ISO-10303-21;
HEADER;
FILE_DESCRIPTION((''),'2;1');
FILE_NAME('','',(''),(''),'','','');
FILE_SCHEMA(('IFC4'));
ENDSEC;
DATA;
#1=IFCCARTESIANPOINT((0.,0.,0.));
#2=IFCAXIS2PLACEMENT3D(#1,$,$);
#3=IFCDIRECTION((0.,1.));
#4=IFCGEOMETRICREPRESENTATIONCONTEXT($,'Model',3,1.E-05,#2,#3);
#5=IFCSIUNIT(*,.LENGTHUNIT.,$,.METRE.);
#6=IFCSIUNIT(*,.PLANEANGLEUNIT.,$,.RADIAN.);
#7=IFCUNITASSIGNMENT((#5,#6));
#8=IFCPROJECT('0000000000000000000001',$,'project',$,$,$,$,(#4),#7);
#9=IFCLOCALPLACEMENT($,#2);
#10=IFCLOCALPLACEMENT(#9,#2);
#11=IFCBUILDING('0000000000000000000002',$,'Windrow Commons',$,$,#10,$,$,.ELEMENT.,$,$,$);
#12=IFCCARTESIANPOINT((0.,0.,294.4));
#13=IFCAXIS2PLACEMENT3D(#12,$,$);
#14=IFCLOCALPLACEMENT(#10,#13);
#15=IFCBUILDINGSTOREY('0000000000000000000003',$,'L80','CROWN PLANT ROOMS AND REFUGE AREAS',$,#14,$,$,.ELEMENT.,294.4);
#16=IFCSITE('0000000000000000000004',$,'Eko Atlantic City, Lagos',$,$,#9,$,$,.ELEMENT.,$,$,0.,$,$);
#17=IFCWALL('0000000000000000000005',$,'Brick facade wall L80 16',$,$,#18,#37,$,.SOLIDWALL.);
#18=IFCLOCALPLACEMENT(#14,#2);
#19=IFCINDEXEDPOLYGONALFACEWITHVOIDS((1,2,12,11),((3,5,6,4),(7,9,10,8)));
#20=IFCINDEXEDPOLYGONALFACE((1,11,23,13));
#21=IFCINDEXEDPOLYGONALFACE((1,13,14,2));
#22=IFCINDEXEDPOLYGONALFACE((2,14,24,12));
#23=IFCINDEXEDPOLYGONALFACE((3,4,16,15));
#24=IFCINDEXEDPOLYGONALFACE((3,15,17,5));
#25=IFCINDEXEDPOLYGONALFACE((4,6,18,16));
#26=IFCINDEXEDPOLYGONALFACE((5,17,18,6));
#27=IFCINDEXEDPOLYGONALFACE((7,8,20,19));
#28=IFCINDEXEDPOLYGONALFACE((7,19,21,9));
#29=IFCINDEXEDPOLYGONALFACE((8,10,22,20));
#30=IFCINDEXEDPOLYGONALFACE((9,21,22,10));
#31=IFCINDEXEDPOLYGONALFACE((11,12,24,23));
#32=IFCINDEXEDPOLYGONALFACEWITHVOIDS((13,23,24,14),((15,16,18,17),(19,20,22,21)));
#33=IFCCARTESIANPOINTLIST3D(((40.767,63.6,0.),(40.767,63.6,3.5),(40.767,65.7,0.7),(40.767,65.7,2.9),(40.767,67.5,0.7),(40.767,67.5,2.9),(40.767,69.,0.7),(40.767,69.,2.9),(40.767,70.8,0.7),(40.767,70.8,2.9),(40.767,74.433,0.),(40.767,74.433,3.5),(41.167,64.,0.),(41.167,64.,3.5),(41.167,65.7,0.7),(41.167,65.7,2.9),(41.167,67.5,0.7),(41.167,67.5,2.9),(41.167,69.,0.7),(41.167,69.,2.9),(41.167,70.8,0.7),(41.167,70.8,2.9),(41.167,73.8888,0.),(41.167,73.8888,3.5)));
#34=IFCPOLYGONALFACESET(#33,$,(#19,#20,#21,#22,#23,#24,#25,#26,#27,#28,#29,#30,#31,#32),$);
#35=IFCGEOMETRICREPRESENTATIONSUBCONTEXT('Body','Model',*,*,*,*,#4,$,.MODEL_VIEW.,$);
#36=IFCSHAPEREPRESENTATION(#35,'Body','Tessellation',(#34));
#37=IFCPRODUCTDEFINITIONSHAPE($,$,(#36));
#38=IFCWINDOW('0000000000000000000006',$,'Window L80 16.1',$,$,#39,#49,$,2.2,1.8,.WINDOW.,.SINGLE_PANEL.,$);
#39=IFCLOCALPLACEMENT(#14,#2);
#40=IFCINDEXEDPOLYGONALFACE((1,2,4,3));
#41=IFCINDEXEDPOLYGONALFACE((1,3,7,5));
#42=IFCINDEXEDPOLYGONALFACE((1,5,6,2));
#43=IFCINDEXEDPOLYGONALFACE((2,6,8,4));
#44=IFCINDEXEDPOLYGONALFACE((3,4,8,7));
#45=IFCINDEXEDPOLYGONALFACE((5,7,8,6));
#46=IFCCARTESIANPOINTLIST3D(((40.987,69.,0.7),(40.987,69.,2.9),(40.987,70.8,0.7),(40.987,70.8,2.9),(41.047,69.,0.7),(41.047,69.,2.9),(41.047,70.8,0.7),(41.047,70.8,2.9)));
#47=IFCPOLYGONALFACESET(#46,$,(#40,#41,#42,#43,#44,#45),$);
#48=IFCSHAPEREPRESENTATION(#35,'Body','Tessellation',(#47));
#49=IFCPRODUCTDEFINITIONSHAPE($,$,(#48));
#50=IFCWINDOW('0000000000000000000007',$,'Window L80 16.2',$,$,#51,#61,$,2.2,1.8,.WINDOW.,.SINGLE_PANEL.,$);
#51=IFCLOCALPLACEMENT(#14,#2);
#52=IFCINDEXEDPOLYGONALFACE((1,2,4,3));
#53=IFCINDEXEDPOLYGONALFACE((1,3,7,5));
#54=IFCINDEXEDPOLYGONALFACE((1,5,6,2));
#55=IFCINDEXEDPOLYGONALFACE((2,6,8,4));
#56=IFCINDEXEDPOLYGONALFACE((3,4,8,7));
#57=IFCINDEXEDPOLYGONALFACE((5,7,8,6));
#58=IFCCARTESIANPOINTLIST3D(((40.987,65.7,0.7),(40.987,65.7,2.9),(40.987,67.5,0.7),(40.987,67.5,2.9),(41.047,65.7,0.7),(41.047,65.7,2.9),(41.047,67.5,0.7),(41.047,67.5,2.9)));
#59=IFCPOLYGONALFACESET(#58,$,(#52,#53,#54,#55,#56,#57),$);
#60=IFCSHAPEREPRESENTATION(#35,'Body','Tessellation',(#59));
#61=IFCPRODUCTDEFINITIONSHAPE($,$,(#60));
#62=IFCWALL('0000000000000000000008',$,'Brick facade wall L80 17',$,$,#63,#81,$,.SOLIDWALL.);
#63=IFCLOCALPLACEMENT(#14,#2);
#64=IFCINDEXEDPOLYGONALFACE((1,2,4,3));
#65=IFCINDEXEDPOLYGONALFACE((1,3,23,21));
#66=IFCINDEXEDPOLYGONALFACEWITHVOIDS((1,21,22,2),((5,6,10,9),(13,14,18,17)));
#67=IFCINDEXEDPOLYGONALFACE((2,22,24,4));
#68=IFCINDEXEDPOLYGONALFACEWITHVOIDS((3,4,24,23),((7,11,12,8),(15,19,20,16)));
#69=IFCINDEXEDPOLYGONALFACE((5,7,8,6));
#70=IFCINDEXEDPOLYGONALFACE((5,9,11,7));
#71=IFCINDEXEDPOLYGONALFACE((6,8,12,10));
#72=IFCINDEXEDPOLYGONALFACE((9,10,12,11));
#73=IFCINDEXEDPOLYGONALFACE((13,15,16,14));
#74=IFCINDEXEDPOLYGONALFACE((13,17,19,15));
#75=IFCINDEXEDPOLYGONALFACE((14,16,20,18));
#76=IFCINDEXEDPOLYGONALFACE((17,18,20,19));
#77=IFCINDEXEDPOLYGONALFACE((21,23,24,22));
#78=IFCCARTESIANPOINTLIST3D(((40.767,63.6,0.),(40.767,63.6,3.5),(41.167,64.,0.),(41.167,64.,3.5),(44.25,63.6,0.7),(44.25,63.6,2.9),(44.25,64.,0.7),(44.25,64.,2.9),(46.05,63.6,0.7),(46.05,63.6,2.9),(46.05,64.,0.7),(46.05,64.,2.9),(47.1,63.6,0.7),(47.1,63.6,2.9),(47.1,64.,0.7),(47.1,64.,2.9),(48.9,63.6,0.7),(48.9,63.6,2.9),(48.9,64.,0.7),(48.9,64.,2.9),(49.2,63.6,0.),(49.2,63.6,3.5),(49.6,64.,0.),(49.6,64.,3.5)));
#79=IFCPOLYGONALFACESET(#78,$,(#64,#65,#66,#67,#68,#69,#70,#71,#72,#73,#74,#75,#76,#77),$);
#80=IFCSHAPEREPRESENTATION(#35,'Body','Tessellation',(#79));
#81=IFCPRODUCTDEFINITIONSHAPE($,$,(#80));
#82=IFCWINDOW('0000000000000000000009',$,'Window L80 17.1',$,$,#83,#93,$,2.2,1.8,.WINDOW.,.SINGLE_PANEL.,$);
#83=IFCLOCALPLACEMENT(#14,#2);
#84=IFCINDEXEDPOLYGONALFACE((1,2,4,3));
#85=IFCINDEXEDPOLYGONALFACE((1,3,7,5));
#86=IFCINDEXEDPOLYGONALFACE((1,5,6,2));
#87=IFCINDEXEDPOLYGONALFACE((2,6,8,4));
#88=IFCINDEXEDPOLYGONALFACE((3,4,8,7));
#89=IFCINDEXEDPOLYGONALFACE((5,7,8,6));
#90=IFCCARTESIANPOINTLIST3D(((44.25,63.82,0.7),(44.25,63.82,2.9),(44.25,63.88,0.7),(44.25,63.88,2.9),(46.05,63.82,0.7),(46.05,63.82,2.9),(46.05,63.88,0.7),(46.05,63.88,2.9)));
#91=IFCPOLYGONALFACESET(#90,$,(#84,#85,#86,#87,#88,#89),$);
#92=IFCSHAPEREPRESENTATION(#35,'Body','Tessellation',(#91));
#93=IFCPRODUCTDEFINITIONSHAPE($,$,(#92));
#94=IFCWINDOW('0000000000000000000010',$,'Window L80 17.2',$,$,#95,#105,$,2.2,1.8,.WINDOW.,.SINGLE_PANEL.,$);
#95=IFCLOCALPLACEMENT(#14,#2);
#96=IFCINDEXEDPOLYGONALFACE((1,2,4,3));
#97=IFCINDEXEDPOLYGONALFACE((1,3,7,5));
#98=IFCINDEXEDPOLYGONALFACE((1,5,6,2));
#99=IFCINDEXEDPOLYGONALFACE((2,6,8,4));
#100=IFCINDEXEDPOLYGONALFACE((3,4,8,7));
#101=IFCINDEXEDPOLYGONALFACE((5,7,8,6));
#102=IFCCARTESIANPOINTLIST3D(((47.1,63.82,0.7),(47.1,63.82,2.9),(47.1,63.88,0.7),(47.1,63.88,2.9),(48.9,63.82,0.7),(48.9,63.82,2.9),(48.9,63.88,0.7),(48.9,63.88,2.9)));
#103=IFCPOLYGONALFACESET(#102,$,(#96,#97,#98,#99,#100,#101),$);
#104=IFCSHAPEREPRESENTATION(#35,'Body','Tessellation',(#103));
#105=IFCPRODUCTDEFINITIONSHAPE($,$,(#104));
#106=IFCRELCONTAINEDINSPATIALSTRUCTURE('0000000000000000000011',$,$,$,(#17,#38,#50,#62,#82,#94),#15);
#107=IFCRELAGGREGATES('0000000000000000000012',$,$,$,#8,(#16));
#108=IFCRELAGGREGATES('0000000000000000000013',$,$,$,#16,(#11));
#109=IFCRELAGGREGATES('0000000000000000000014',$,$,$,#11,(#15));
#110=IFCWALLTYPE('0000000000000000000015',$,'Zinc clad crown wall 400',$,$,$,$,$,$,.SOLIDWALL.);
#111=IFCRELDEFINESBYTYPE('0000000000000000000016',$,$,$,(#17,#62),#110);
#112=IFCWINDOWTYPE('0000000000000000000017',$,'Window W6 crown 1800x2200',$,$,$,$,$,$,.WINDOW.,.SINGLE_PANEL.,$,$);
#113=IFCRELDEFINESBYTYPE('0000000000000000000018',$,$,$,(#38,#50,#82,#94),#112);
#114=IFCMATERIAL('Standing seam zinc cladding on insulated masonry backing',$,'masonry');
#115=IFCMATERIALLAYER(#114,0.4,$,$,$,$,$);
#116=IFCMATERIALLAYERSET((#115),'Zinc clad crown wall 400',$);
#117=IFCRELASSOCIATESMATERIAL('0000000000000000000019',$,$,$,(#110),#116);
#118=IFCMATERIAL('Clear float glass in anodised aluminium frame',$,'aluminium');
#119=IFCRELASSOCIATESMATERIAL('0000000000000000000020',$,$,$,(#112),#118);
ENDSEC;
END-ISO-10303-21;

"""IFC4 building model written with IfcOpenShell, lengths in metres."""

from ifc_helpers import new_model, si_unit, direction, frame, frame_2d, origin, place, context, subcontext, project, spatial, polyline, rectangle, outline, extrude, material, layer, layer_set, type_object, element, fill, save


model = new_model("IFC4")

# Units and contexts
model_context = context("Model", 3, precision=1e-05, world=origin(), true_north=direction((0.0, 1.0)))
body_context = subcontext(model_context, "Body", "Model", "MODEL_VIEW")
ifc_project = project(units=[si_unit("LENGTHUNIT", "METRE"), si_unit("PLANEANGLEUNIT", "RADIAN")], contexts=[model_context])

# Site, building, storey
site_placement = place(None, origin())
site = spatial("IfcSite", under=ifc_project, at=site_placement, Name="Eko Atlantic City, Lagos", CompositionType="ELEMENT", RefElevation=0.0)
building_placement = place(site_placement, origin())
building = spatial("IfcBuilding", under=site, at=building_placement, Name="Windrow Commons", CompositionType="ELEMENT")
storey_placement = place(building_placement, frame((0.0, 0.0, 294.4)))
storey = spatial("IfcBuildingStorey", under=building, at=storey_placement, Name="L80", Description="CROWN PLANT ROOMS AND REFUGE AREAS", CompositionType="ELEMENT", Elevation=294.4)

# Shared definitions
ifc_material_1 = material(Name="Standing seam zinc cladding on insulated masonry backing", Category="masonry")
ifc_layer_1 = layer(ifc_material_1, 0.4)
ifc_layer_set_1 = layer_set([ifc_layer_1], Name="Zinc clad crown wall 400")
wall_type_1 = type_object("IfcWallType", Name="Zinc clad crown wall 400", PredefinedType="SOLIDWALL", material=ifc_layer_set_1)

# Walls, openings, windows
wall_1_placement = place(storey_placement, frame((40.967, 74.1609, 0.0), z_axis=(0.0, 0.0, 1.0), x_axis=(0.0, -1.0, 0.0)))
wall_1 = element("IfcWall", 1, at=wall_1_placement, inside=storey, type_object=wall_type_1, Name="Brick facade wall L80 16", PredefinedType="SOLIDWALL", context=body_context, shape_type="SweptSolid", body=[
    extrude(outline(polyline([(-0.2721, -0.2), (10.5609, -0.2), (10.1609, 0.2), (0.2721, 0.2), (-0.2721, -0.2)])), origin(), (0.0, 0.0, 1.0), 3.5),
])
opening_1_placement = place(wall_1_placement, frame((3.3609, 0.0, 0.7)))
opening_1 = element("IfcOpeningElement", 2, at=opening_1_placement, cuts=wall_1, PredefinedType="OPENING", context=body_context, shape_type="SweptSolid", body=[
    extrude(rectangle(XDim=1.8, YDim=2.2, at=frame_2d((0.9, 1.1))), frame((0.0, 0.21, 0.0), z_axis=(0.0, -1.0, 0.0), x_axis=(1.0, 0.0, 0.0)), (0.0, 0.0, 1.0), 0.42),
])
opening_2_placement = place(wall_1_placement, frame((6.6609, 0.0, 0.7)))
opening_2 = element("IfcOpeningElement", 3, at=opening_2_placement, cuts=wall_1, PredefinedType="OPENING", context=body_context, shape_type="SweptSolid", body=[
    extrude(rectangle(XDim=1.8, YDim=2.2, at=frame_2d((0.9, 1.1))), frame((0.0, 0.21, 0.0), z_axis=(0.0, -1.0, 0.0), x_axis=(1.0, 0.0, 0.0)), (0.0, 0.0, 1.0), 0.42),
])
ifc_material_2 = material(Name="Clear float glass in anodised aluminium frame", Category="aluminium")
window_type = type_object("IfcWindowType", Name="Window W6 crown 1800x2200", PartitioningType="SINGLE_PANEL", PredefinedType="WINDOW", material=ifc_material_2)
window_1_placement = place(opening_1_placement, origin())
window_1 = element("IfcWindow", 4, at=window_1_placement, inside=storey, type_object=window_type, Name="Window L80 16.1", OverallHeight=2.2, OverallWidth=1.8, PartitioningType="SINGLE_PANEL", PredefinedType="WINDOW", context=body_context, shape_type="SweptSolid", body=[
    extrude(rectangle(XDim=1.8, YDim=2.2, at=frame_2d((0.9, 1.1))), frame((0.0, 0.08, 0.0), z_axis=(0.0, -1.0, 0.0), x_axis=(1.0, 0.0, 0.0)), (0.0, 0.0, 1.0), 0.06),
])
fill(opening_1, window_1)
window_2_placement = place(opening_2_placement, origin())
window_2 = element("IfcWindow", 5, at=window_2_placement, inside=storey, type_object=window_type, Name="Window L80 16.2", OverallHeight=2.2, OverallWidth=1.8, PartitioningType="SINGLE_PANEL", PredefinedType="WINDOW", context=body_context, shape_type="SweptSolid", body=[
    extrude(rectangle(XDim=1.8, YDim=2.2, at=frame_2d((0.9, 1.1))), frame((0.0, 0.08, 0.0), z_axis=(0.0, -1.0, 0.0), x_axis=(1.0, 0.0, 0.0)), (0.0, 0.0, 1.0), 0.06),
])
fill(opening_2, window_2)
wall_2_placement = place(storey_placement, frame((40.967, 63.8, 0.0), z_axis=(0.0, 0.0, 1.0), x_axis=(1.0, 0.0, 0.0)))
wall_2 = element("IfcWall", 6, at=wall_2_placement, inside=storey, type_object=wall_type_1, Name="Brick facade wall L80 17", PredefinedType="SOLIDWALL", context=body_context, shape_type="SweptSolid", body=[
    extrude(outline(polyline([(-0.2, -0.2), (8.233, -0.2), (8.633, 0.2), (0.2, 0.2), (-0.2, -0.2)])), origin(), (0.0, 0.0, 1.0), 3.5),
])
opening_3_placement = place(wall_2_placement, frame((3.283, 0.0, 0.7)))
opening_3 = element("IfcOpeningElement", 7, at=opening_3_placement, cuts=wall_2, PredefinedType="OPENING", context=body_context, shape_type="SweptSolid", body=[
    extrude(rectangle(XDim=1.8, YDim=2.2, at=frame_2d((0.9, 1.1))), frame((0.0, 0.21, 0.0), z_axis=(0.0, -1.0, 0.0), x_axis=(1.0, 0.0, 0.0)), (0.0, 0.0, 1.0), 0.42),
])
opening_4_placement = place(wall_2_placement, frame((6.133, 0.0, 0.7)))
opening_4 = element("IfcOpeningElement", 8, at=opening_4_placement, cuts=wall_2, PredefinedType="OPENING", context=body_context, shape_type="SweptSolid", body=[
    extrude(rectangle(XDim=1.8, YDim=2.2, at=frame_2d((0.9, 1.1))), frame((0.0, 0.21, 0.0), z_axis=(0.0, -1.0, 0.0), x_axis=(1.0, 0.0, 0.0)), (0.0, 0.0, 1.0), 0.42),
])
window_3_placement = place(opening_3_placement, origin())
window_3 = element("IfcWindow", 9, at=window_3_placement, inside=storey, type_object=window_type, Name="Window L80 17.1", OverallHeight=2.2, OverallWidth=1.8, PartitioningType="SINGLE_PANEL", PredefinedType="WINDOW", context=body_context, shape_type="SweptSolid", body=[
    extrude(rectangle(XDim=1.8, YDim=2.2, at=frame_2d((0.9, 1.1))), frame((0.0, 0.08, 0.0), z_axis=(0.0, -1.0, 0.0), x_axis=(1.0, 0.0, 0.0)), (0.0, 0.0, 1.0), 0.06),
])
fill(opening_3, window_3)
window_4_placement = place(opening_4_placement, origin())
window_4 = element("IfcWindow", 10, at=window_4_placement, inside=storey, type_object=window_type, Name="Window L80 17.2", OverallHeight=2.2, OverallWidth=1.8, PartitioningType="SINGLE_PANEL", PredefinedType="WINDOW", context=body_context, shape_type="SweptSolid", body=[
    extrude(rectangle(XDim=1.8, YDim=2.2, at=frame_2d((0.9, 1.1))), frame((0.0, 0.08, 0.0), z_axis=(0.0, -1.0, 0.0), x_axis=(1.0, 0.0, 0.0)), (0.0, 0.0, 1.0), 0.06),
])
fill(opening_4, window_4)

save(model, "model.ifc")
